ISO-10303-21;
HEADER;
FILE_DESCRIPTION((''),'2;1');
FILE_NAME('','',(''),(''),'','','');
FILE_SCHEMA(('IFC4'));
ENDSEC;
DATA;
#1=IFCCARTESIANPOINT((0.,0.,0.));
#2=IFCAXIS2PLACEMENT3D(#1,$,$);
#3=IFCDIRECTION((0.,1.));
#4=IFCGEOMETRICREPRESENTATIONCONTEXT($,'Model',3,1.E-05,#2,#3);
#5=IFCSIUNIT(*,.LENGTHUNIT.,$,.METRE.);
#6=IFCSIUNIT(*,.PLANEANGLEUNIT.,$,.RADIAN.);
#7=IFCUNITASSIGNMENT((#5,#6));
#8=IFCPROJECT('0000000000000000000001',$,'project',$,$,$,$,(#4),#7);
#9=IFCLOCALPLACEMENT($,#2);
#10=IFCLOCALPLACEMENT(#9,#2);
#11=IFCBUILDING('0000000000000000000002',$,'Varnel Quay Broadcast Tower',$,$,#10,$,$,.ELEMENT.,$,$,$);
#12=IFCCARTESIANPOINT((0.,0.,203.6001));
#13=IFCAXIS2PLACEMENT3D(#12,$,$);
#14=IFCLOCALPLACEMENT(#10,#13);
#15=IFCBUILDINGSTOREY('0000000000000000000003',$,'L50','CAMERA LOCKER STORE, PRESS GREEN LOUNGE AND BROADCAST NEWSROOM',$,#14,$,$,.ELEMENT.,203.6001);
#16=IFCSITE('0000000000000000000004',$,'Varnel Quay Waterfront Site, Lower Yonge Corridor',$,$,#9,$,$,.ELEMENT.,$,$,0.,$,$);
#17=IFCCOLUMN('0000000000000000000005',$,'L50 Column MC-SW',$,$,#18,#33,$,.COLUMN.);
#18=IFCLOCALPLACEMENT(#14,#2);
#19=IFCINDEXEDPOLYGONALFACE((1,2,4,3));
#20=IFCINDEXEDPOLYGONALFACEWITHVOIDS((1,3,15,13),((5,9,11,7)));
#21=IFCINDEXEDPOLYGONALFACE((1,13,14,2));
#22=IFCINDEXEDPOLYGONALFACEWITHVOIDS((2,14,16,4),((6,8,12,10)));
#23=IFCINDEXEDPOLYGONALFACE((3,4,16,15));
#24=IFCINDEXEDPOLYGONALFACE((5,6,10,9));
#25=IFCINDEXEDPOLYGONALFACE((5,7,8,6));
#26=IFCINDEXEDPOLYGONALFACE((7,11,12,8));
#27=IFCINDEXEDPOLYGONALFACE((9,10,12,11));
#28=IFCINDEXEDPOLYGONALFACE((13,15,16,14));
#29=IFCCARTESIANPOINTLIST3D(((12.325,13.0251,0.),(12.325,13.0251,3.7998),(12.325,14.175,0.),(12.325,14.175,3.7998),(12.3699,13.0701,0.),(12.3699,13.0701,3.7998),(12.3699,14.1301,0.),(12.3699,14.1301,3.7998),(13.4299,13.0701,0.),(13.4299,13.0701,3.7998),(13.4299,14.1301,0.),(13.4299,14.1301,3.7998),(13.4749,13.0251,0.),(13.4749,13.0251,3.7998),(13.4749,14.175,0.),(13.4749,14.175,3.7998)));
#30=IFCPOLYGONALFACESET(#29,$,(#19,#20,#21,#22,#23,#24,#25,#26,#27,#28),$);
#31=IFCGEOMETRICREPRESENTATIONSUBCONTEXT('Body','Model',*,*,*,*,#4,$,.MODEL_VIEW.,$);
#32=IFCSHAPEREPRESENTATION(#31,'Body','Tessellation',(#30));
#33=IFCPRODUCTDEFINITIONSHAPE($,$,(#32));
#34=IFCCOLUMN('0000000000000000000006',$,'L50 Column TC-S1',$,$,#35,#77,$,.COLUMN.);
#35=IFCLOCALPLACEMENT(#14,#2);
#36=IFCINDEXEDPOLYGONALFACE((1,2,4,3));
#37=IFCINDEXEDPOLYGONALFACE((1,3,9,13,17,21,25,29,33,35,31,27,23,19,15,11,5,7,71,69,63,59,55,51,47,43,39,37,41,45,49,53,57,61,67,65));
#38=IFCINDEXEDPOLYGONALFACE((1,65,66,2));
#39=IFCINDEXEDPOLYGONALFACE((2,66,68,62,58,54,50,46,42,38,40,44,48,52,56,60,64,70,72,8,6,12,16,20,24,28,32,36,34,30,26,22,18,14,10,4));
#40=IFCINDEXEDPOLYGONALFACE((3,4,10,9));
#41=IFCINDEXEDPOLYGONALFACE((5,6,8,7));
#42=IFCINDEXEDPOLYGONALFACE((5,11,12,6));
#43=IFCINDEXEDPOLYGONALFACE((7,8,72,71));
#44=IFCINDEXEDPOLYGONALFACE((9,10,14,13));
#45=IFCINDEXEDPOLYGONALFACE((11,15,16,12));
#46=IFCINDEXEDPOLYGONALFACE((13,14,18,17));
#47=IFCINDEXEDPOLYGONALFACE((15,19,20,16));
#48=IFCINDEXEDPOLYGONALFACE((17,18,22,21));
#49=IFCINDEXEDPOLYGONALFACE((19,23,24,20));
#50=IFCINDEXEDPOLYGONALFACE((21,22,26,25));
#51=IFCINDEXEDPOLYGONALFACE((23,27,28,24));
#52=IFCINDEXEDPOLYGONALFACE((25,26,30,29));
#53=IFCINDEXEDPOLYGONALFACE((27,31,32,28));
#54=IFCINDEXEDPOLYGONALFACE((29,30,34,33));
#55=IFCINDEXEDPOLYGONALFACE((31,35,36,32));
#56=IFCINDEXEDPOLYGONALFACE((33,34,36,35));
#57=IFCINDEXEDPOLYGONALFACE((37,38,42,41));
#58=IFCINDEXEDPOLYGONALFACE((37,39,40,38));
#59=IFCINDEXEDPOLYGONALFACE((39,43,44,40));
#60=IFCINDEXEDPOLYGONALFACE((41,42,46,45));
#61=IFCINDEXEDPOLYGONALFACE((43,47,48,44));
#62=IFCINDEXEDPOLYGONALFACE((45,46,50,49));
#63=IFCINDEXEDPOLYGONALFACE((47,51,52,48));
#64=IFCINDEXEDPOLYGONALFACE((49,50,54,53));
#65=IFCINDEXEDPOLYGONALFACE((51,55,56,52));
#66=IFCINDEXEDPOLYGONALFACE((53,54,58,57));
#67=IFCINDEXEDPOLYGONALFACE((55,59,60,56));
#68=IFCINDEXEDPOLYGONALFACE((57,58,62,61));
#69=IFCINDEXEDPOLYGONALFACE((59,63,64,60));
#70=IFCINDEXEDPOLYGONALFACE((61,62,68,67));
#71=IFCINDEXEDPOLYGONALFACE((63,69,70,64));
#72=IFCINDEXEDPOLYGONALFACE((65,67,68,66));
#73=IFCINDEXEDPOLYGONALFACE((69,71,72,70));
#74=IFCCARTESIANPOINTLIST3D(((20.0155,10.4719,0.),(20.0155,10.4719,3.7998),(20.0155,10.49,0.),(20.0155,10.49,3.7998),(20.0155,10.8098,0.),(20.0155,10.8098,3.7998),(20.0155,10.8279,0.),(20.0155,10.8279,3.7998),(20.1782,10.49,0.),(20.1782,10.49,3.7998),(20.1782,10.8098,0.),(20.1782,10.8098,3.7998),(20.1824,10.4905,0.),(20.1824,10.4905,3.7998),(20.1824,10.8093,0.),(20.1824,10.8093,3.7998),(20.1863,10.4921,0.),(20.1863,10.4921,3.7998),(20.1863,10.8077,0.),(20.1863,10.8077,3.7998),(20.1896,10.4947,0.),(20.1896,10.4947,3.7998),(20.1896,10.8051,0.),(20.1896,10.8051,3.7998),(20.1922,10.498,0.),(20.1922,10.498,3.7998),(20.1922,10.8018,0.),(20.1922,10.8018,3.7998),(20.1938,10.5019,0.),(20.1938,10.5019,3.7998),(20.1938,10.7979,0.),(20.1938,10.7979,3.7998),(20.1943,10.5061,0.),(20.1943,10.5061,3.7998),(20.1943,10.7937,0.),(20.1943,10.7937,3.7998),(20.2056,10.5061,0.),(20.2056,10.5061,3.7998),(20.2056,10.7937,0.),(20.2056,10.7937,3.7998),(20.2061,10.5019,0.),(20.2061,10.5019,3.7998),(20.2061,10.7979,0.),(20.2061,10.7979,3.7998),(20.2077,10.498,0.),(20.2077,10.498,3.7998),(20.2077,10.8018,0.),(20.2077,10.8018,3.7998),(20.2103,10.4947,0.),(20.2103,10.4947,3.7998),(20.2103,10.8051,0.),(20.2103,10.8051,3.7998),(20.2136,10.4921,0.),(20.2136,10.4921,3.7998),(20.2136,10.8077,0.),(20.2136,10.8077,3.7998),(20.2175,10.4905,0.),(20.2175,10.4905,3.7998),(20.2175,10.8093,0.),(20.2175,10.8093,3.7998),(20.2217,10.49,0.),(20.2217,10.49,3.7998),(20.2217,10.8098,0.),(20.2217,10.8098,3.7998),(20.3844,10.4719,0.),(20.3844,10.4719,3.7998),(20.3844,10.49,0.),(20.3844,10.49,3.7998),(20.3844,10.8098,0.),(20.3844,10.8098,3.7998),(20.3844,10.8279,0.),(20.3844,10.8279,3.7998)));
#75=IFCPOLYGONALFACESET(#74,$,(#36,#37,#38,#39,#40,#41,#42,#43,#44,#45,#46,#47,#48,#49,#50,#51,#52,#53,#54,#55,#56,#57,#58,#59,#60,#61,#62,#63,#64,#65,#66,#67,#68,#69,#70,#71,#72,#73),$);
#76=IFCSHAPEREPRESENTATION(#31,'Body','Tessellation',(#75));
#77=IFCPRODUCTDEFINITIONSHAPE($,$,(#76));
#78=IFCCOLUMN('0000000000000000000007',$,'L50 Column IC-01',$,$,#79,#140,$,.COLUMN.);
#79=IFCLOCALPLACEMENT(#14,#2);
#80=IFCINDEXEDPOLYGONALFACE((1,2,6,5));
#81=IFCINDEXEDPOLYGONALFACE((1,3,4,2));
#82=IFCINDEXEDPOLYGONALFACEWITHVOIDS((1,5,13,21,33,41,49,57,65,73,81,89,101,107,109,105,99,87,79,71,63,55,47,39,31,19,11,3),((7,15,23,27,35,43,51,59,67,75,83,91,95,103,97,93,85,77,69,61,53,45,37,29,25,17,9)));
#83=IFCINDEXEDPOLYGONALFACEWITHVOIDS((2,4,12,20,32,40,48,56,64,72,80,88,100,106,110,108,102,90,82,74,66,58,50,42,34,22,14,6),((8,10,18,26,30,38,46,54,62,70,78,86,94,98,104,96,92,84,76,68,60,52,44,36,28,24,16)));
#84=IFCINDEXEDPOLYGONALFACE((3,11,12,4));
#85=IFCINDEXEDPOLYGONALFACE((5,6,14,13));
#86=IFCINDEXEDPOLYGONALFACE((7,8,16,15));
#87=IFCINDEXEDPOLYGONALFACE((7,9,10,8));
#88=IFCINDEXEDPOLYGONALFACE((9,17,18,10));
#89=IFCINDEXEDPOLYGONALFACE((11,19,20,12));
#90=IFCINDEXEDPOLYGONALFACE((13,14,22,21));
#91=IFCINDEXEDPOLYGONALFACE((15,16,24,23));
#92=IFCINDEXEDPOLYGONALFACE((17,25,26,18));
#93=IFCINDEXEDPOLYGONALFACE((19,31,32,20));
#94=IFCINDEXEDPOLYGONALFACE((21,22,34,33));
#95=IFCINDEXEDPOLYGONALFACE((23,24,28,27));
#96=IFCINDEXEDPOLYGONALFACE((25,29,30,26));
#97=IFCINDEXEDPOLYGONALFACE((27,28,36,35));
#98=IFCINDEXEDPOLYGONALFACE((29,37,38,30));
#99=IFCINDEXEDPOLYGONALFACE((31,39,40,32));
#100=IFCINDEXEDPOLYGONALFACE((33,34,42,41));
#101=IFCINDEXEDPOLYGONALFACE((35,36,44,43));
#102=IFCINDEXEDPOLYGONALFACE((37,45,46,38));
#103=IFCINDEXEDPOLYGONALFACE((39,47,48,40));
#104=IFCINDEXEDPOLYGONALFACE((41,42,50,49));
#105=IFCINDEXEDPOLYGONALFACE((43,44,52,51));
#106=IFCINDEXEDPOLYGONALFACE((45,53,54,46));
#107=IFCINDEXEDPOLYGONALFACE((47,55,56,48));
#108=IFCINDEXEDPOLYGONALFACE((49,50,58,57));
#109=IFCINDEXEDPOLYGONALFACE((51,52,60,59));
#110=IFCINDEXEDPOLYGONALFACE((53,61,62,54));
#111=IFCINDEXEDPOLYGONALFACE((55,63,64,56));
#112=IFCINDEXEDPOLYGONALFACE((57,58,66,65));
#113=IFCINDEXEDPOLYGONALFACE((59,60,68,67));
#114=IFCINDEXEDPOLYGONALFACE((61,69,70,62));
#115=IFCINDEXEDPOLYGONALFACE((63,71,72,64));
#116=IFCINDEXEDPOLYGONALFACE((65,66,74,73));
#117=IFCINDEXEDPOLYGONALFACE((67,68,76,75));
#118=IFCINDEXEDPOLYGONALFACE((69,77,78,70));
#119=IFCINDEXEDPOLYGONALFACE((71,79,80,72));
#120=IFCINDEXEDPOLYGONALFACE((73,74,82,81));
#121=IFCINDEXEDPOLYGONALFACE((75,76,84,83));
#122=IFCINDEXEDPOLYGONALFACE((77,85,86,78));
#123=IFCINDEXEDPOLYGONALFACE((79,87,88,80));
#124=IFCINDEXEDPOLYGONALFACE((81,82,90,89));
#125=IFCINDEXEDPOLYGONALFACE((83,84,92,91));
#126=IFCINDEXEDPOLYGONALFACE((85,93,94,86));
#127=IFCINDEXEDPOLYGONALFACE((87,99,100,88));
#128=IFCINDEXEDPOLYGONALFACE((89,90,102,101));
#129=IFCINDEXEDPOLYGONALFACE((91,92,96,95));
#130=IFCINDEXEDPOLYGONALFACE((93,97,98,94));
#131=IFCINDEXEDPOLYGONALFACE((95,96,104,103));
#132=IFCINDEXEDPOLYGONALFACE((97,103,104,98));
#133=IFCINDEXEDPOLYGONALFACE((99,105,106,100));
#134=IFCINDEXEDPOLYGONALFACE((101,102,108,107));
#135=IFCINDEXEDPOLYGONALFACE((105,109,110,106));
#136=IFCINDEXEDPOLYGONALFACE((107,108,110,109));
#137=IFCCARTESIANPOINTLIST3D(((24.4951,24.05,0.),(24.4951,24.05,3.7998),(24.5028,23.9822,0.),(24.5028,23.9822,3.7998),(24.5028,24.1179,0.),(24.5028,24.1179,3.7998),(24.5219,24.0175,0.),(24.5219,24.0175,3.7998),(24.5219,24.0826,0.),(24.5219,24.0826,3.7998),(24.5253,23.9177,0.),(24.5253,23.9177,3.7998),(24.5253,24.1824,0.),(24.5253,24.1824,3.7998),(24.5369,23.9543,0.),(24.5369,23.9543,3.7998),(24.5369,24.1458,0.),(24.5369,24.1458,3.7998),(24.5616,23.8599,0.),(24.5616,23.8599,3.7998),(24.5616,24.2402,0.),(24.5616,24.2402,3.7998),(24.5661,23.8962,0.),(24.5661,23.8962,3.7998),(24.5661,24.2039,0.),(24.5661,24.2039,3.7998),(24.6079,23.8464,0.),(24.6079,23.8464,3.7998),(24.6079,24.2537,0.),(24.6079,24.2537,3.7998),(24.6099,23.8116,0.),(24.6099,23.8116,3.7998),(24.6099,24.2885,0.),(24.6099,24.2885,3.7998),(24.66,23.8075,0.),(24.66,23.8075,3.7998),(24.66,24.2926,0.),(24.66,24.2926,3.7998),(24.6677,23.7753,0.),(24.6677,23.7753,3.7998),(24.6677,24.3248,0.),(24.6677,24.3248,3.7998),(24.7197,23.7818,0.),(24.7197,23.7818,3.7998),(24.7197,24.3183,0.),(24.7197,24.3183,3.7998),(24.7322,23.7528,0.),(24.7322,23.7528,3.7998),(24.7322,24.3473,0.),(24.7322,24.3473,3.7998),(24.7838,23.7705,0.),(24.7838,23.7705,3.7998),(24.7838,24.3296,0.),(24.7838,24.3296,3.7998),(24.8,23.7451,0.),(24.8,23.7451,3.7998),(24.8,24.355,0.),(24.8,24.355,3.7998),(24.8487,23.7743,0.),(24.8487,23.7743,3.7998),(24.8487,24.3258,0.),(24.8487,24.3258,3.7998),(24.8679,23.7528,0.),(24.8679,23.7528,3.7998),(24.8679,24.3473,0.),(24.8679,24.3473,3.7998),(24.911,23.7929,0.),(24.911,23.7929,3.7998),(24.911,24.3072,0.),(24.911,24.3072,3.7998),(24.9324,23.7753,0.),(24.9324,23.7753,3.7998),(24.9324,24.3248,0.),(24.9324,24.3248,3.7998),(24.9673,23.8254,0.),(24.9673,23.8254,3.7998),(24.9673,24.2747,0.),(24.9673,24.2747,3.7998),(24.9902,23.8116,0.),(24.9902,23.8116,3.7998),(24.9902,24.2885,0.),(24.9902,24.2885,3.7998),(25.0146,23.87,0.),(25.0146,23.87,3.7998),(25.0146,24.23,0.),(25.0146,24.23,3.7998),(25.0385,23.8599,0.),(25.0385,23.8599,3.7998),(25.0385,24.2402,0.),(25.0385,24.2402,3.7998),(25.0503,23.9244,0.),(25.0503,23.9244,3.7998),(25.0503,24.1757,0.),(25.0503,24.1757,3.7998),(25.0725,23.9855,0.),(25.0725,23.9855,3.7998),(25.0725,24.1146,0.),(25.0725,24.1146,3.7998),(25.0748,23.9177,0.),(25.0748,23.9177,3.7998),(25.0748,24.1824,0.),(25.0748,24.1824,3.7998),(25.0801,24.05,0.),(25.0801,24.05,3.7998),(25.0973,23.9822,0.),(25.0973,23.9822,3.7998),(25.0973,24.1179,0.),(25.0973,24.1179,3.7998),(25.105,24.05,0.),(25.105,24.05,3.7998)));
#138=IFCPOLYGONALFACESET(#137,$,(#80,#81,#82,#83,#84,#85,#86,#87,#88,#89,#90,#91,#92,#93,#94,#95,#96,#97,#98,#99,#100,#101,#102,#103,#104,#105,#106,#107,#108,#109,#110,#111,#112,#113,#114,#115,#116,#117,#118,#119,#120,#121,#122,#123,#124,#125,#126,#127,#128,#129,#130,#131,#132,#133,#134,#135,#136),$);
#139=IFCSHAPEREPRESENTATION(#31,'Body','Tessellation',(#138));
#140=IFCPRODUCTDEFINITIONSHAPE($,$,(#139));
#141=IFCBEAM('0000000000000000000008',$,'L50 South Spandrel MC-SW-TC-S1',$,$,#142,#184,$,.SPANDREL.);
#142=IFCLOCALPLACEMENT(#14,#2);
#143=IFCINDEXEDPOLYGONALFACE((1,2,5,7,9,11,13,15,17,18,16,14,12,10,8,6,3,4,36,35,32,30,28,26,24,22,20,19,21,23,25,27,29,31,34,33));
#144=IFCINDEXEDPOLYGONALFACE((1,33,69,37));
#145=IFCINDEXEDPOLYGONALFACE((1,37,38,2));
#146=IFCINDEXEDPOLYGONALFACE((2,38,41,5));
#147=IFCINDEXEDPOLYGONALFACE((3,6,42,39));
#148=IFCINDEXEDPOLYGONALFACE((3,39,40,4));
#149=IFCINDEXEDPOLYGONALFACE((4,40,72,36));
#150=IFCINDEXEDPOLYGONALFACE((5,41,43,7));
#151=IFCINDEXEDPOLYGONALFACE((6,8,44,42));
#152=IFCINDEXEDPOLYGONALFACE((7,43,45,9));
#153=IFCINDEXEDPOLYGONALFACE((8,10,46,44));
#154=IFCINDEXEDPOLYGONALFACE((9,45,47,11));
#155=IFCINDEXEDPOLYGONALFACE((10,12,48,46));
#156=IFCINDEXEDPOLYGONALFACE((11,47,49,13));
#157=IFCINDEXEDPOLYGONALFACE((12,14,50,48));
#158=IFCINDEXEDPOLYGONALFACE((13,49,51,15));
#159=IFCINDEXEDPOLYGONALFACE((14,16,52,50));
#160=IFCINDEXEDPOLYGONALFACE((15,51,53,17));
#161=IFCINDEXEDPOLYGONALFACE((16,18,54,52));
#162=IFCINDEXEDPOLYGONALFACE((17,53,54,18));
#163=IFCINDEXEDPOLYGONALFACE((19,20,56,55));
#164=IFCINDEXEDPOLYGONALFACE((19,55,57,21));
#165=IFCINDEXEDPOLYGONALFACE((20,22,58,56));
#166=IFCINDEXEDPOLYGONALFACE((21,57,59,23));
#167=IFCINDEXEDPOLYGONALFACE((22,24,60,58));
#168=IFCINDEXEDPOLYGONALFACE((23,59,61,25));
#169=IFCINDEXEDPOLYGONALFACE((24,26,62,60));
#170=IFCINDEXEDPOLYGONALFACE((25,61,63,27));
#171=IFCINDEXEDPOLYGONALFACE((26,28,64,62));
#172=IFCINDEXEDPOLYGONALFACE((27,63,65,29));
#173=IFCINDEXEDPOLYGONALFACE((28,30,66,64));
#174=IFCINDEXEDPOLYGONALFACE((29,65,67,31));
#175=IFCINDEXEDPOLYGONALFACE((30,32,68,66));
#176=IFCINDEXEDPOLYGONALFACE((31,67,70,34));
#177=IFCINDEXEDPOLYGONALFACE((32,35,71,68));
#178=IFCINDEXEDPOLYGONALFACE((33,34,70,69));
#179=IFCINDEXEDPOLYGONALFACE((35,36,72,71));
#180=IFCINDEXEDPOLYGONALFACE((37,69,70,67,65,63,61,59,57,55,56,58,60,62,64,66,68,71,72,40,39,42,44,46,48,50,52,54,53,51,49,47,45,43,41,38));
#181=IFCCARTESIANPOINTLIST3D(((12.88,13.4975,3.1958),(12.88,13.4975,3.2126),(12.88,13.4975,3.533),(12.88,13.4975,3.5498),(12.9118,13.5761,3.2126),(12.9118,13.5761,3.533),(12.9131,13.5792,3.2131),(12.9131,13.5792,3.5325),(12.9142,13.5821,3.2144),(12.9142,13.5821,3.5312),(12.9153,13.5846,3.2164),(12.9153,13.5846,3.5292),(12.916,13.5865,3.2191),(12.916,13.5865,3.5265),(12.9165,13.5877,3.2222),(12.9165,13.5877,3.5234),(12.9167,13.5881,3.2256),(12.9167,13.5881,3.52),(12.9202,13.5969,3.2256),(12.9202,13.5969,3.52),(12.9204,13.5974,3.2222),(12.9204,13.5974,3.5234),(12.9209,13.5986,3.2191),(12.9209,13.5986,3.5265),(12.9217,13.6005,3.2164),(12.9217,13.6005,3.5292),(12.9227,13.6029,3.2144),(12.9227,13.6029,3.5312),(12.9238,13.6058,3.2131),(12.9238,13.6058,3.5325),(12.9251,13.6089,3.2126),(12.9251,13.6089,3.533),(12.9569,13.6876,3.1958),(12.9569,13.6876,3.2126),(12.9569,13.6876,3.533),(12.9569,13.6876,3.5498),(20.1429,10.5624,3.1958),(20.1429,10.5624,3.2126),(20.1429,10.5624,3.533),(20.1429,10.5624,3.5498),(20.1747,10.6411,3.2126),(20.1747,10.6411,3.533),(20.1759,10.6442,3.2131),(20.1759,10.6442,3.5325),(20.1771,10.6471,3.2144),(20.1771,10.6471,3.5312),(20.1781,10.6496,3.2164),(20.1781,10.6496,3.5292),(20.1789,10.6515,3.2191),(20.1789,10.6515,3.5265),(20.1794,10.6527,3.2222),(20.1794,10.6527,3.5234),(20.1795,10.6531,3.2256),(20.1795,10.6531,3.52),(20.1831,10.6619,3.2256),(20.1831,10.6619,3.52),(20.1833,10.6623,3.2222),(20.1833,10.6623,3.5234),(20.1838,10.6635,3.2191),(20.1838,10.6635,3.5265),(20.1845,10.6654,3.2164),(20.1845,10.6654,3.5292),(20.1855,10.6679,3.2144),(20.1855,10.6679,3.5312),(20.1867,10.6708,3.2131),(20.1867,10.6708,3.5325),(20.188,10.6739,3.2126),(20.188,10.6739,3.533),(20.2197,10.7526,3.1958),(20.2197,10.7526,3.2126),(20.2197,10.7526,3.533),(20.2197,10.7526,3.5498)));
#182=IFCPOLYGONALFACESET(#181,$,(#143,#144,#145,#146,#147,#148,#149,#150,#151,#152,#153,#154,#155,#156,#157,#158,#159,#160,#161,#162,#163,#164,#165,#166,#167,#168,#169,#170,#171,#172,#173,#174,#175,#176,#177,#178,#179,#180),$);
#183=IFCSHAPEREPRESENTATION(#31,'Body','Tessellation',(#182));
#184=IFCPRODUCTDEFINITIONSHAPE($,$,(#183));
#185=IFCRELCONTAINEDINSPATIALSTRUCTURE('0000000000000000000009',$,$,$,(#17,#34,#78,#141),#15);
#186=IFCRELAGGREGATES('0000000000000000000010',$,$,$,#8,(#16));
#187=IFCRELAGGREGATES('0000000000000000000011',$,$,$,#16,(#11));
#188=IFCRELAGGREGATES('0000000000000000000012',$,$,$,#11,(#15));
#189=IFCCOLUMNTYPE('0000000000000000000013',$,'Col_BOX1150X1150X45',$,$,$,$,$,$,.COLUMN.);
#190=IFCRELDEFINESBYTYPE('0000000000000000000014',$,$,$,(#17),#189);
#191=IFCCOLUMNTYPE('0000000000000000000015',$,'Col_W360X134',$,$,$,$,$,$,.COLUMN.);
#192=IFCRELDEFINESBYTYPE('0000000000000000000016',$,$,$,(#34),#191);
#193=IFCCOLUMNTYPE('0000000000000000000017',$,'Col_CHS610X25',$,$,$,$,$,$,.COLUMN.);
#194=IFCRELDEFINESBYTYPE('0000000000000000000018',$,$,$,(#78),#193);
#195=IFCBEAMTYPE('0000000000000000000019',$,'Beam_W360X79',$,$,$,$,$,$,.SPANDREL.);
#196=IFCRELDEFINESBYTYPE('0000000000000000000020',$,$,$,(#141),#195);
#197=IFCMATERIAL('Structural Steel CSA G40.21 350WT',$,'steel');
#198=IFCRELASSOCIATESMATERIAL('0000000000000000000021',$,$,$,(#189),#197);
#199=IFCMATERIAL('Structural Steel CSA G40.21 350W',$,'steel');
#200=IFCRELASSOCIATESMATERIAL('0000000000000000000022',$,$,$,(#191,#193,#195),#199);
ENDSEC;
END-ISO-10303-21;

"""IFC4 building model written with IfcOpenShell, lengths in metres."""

from ifc_helpers import new_model, si_unit, direction, frame, origin, origin_2d, place, context, subcontext, project, spatial, hollow_rectangle, hollow_circle, i_section, extrude, source, transform, mapped, material, material_profile, profile_set, type_object, type_shapes, element, save


model = new_model("IFC4")

# Units and contexts
model_context = context("Model", 3, precision=1e-05, world=origin(), true_north=direction((0.0, 1.0)))
body_context = subcontext(model_context, "Body", "Model", "MODEL_VIEW")
ifc_project = project(units=[si_unit("LENGTHUNIT", "METRE"), si_unit("PLANEANGLEUNIT", "RADIAN")], contexts=[model_context])

# Site, building, storey
site_placement = place(None, origin())
site = spatial("IfcSite", under=ifc_project, at=site_placement, Name="Varnel Quay Waterfront Site, Lower Yonge Corridor", CompositionType="ELEMENT", RefElevation=0.0)
building_placement = place(site_placement, origin())
building = spatial("IfcBuilding", under=site, at=building_placement, Name="Varnel Quay Broadcast Tower", CompositionType="ELEMENT")
storey_placement = place(building_placement, frame((0.0, 0.0, 203.6001)))
storey = spatial("IfcBuildingStorey", under=building, at=storey_placement, Name="L50", Description="CAMERA LOCKER STORE, PRESS GREEN LOUNGE AND BROADCAST NEWSROOM", CompositionType="ELEMENT", Elevation=203.6001)

# Columns
ifc_material_1 = material(Name="Structural Steel CSA G40.21 350WT", Category="steel")
ifc_material_profile_1 = material_profile(ifc_material_1, hollow_rectangle(XDim=1.1499, YDim=1.1499, WallThickness=0.0449, at=origin_2d()), Name="BOX1150X1150X45")
ifc_profile_set_1 = profile_set([ifc_material_profile_1], Name="Structural Steel CSA G40.21 350WT")
column_type_1 = type_object("IfcColumnType", Name="Col_BOX1150X1150X45", PredefinedType="COLUMN", material=ifc_profile_set_1)
shared_shape_1 = source(origin(), body_context, "Body", "SweptSolid", [
    extrude(hollow_rectangle(XDim=1.1499, YDim=1.1499, WallThickness=0.0449, at=origin_2d()), origin(), (0.0, 0.0, 1.0), 3.7998),
])
type_shapes(column_type_1, [shared_shape_1])
column_1_placement = place(storey_placement, frame((12.8999, 13.6001, 0.0), z_axis=(0.0, 0.0, 1.0), x_axis=(1.0, 0.0, 0.0)))
element("IfcColumn", 1, at=column_1_placement, inside=storey, type_object=column_type_1, Name="L50 Column MC-SW", PredefinedType="COLUMN", context=body_context, shape_type="MappedRepresentation", body=[
    mapped(shared_shape_1, transform((0.0, 0.0, 0.0), x_axis=(1.0, 0.0, 0.0), y_axis=(0.0, 1.0, 0.0), z_axis=(0.0, 0.0, 1.0), scale=1.0)),
])
ifc_material_2 = material(Name="Structural Steel CSA G40.21 350W", Category="steel")
ifc_material_profile_2 = material_profile(ifc_material_2, i_section(OverallWidth=0.3689, OverallDepth=0.356, WebThickness=0.0112, FlangeThickness=0.0181, FilletRadius=0.0161, at=origin_2d()), Name="W360X134")
ifc_profile_set_2 = profile_set([ifc_material_profile_2], Name="Structural Steel CSA G40.21 350W")
column_type_2 = type_object("IfcColumnType", Name="Col_W360X134", PredefinedType="COLUMN", material=ifc_profile_set_2)
shared_shape_2 = source(origin(), body_context, "Body", "SweptSolid", [
    extrude(i_section(OverallWidth=0.3689, OverallDepth=0.356, WebThickness=0.0112, FlangeThickness=0.0181, FilletRadius=0.0161, at=origin_2d()), origin(), (0.0, 0.0, 1.0), 3.7998),
])
type_shapes(column_type_2, [shared_shape_2])
column_2_placement = place(storey_placement, frame((20.2, 10.6499, 0.0), z_axis=(0.0, 0.0, 1.0), x_axis=(1.0, 0.0, 0.0)))
element("IfcColumn", 2, at=column_2_placement, inside=storey, type_object=column_type_2, Name="L50 Column TC-S1", PredefinedType="COLUMN", context=body_context, shape_type="MappedRepresentation", body=[
    mapped(shared_shape_2, transform((0.0, 0.0, 0.0), x_axis=(1.0, 0.0, 0.0), y_axis=(0.0, 1.0, 0.0), z_axis=(0.0, 0.0, 1.0), scale=1.0)),
])
ifc_material_profile_3 = material_profile(ifc_material_2, hollow_circle(Radius=0.3049, WallThickness=0.0249, at=origin_2d()), Name="CHS610X25")
ifc_profile_set_3 = profile_set([ifc_material_profile_3], Name="Structural Steel CSA G40.21 350W")
column_type_3 = type_object("IfcColumnType", Name="Col_CHS610X25", PredefinedType="COLUMN", material=ifc_profile_set_3)
shared_shape_3 = source(origin(), body_context, "Body", "SweptSolid", [
    extrude(hollow_circle(Radius=0.3049, WallThickness=0.0249, at=origin_2d()), origin(), (0.0, 0.0, 1.0), 3.7998),
])
type_shapes(column_type_3, [shared_shape_3])
column_3_placement = place(storey_placement, frame((24.8, 24.05, 0.0), z_axis=(0.0, 0.0, 1.0), x_axis=(1.0, 0.0, 0.0)))
element("IfcColumn", 3, at=column_3_placement, inside=storey, type_object=column_type_3, Name="L50 Column IC-01", PredefinedType="COLUMN", context=body_context, shape_type="MappedRepresentation", body=[
    mapped(shared_shape_3, transform((0.0, 0.0, 0.0), x_axis=(1.0, 0.0, 0.0), y_axis=(0.0, 1.0, 0.0), z_axis=(0.0, 0.0, 1.0), scale=1.0)),
])

# Beam
ifc_material_profile_4 = material_profile(ifc_material_2, i_section(OverallWidth=0.2051, OverallDepth=0.354, WebThickness=0.0095, FlangeThickness=0.0168, FilletRadius=0.0129, at=origin_2d()), Name="W360X79")
ifc_profile_set_4 = profile_set([ifc_material_profile_4], Name="Structural Steel CSA G40.21 350W")
beam_type_1 = type_object("IfcBeamType", Name="Beam_W360X79", PredefinedType="SPANDREL", material=ifc_profile_set_4)
shared_shape_4 = source(origin(), body_context, "Body", "SweptSolid", [
    extrude(i_section(OverallWidth=0.2051, OverallDepth=0.354, WebThickness=0.0095, FlangeThickness=0.0168, FilletRadius=0.0129, at=origin_2d()), origin(), (0.0, 0.0, 1.0), 7.8335),
])
beam_1_placement = place(storey_placement, frame((12.9185, 13.5925, 3.3728), z_axis=(0.927155, -0.374677, 0.0), x_axis=(0.374677, 0.927155, 0.0)))
element("IfcBeam", 4, at=beam_1_placement, inside=storey, type_object=beam_type_1, Name="L50 South Spandrel MC-SW-TC-S1", PredefinedType="SPANDREL", context=body_context, shape_type="MappedRepresentation", body=[
    mapped(shared_shape_4, transform((0.0, 0.0, 0.0), x_axis=(1.0, 0.0, 0.0), y_axis=(0.0, 1.0, 0.0), z_axis=(0.0, 0.0, 1.0), scale=1.0)),
])

save(model, "model.ifc")
